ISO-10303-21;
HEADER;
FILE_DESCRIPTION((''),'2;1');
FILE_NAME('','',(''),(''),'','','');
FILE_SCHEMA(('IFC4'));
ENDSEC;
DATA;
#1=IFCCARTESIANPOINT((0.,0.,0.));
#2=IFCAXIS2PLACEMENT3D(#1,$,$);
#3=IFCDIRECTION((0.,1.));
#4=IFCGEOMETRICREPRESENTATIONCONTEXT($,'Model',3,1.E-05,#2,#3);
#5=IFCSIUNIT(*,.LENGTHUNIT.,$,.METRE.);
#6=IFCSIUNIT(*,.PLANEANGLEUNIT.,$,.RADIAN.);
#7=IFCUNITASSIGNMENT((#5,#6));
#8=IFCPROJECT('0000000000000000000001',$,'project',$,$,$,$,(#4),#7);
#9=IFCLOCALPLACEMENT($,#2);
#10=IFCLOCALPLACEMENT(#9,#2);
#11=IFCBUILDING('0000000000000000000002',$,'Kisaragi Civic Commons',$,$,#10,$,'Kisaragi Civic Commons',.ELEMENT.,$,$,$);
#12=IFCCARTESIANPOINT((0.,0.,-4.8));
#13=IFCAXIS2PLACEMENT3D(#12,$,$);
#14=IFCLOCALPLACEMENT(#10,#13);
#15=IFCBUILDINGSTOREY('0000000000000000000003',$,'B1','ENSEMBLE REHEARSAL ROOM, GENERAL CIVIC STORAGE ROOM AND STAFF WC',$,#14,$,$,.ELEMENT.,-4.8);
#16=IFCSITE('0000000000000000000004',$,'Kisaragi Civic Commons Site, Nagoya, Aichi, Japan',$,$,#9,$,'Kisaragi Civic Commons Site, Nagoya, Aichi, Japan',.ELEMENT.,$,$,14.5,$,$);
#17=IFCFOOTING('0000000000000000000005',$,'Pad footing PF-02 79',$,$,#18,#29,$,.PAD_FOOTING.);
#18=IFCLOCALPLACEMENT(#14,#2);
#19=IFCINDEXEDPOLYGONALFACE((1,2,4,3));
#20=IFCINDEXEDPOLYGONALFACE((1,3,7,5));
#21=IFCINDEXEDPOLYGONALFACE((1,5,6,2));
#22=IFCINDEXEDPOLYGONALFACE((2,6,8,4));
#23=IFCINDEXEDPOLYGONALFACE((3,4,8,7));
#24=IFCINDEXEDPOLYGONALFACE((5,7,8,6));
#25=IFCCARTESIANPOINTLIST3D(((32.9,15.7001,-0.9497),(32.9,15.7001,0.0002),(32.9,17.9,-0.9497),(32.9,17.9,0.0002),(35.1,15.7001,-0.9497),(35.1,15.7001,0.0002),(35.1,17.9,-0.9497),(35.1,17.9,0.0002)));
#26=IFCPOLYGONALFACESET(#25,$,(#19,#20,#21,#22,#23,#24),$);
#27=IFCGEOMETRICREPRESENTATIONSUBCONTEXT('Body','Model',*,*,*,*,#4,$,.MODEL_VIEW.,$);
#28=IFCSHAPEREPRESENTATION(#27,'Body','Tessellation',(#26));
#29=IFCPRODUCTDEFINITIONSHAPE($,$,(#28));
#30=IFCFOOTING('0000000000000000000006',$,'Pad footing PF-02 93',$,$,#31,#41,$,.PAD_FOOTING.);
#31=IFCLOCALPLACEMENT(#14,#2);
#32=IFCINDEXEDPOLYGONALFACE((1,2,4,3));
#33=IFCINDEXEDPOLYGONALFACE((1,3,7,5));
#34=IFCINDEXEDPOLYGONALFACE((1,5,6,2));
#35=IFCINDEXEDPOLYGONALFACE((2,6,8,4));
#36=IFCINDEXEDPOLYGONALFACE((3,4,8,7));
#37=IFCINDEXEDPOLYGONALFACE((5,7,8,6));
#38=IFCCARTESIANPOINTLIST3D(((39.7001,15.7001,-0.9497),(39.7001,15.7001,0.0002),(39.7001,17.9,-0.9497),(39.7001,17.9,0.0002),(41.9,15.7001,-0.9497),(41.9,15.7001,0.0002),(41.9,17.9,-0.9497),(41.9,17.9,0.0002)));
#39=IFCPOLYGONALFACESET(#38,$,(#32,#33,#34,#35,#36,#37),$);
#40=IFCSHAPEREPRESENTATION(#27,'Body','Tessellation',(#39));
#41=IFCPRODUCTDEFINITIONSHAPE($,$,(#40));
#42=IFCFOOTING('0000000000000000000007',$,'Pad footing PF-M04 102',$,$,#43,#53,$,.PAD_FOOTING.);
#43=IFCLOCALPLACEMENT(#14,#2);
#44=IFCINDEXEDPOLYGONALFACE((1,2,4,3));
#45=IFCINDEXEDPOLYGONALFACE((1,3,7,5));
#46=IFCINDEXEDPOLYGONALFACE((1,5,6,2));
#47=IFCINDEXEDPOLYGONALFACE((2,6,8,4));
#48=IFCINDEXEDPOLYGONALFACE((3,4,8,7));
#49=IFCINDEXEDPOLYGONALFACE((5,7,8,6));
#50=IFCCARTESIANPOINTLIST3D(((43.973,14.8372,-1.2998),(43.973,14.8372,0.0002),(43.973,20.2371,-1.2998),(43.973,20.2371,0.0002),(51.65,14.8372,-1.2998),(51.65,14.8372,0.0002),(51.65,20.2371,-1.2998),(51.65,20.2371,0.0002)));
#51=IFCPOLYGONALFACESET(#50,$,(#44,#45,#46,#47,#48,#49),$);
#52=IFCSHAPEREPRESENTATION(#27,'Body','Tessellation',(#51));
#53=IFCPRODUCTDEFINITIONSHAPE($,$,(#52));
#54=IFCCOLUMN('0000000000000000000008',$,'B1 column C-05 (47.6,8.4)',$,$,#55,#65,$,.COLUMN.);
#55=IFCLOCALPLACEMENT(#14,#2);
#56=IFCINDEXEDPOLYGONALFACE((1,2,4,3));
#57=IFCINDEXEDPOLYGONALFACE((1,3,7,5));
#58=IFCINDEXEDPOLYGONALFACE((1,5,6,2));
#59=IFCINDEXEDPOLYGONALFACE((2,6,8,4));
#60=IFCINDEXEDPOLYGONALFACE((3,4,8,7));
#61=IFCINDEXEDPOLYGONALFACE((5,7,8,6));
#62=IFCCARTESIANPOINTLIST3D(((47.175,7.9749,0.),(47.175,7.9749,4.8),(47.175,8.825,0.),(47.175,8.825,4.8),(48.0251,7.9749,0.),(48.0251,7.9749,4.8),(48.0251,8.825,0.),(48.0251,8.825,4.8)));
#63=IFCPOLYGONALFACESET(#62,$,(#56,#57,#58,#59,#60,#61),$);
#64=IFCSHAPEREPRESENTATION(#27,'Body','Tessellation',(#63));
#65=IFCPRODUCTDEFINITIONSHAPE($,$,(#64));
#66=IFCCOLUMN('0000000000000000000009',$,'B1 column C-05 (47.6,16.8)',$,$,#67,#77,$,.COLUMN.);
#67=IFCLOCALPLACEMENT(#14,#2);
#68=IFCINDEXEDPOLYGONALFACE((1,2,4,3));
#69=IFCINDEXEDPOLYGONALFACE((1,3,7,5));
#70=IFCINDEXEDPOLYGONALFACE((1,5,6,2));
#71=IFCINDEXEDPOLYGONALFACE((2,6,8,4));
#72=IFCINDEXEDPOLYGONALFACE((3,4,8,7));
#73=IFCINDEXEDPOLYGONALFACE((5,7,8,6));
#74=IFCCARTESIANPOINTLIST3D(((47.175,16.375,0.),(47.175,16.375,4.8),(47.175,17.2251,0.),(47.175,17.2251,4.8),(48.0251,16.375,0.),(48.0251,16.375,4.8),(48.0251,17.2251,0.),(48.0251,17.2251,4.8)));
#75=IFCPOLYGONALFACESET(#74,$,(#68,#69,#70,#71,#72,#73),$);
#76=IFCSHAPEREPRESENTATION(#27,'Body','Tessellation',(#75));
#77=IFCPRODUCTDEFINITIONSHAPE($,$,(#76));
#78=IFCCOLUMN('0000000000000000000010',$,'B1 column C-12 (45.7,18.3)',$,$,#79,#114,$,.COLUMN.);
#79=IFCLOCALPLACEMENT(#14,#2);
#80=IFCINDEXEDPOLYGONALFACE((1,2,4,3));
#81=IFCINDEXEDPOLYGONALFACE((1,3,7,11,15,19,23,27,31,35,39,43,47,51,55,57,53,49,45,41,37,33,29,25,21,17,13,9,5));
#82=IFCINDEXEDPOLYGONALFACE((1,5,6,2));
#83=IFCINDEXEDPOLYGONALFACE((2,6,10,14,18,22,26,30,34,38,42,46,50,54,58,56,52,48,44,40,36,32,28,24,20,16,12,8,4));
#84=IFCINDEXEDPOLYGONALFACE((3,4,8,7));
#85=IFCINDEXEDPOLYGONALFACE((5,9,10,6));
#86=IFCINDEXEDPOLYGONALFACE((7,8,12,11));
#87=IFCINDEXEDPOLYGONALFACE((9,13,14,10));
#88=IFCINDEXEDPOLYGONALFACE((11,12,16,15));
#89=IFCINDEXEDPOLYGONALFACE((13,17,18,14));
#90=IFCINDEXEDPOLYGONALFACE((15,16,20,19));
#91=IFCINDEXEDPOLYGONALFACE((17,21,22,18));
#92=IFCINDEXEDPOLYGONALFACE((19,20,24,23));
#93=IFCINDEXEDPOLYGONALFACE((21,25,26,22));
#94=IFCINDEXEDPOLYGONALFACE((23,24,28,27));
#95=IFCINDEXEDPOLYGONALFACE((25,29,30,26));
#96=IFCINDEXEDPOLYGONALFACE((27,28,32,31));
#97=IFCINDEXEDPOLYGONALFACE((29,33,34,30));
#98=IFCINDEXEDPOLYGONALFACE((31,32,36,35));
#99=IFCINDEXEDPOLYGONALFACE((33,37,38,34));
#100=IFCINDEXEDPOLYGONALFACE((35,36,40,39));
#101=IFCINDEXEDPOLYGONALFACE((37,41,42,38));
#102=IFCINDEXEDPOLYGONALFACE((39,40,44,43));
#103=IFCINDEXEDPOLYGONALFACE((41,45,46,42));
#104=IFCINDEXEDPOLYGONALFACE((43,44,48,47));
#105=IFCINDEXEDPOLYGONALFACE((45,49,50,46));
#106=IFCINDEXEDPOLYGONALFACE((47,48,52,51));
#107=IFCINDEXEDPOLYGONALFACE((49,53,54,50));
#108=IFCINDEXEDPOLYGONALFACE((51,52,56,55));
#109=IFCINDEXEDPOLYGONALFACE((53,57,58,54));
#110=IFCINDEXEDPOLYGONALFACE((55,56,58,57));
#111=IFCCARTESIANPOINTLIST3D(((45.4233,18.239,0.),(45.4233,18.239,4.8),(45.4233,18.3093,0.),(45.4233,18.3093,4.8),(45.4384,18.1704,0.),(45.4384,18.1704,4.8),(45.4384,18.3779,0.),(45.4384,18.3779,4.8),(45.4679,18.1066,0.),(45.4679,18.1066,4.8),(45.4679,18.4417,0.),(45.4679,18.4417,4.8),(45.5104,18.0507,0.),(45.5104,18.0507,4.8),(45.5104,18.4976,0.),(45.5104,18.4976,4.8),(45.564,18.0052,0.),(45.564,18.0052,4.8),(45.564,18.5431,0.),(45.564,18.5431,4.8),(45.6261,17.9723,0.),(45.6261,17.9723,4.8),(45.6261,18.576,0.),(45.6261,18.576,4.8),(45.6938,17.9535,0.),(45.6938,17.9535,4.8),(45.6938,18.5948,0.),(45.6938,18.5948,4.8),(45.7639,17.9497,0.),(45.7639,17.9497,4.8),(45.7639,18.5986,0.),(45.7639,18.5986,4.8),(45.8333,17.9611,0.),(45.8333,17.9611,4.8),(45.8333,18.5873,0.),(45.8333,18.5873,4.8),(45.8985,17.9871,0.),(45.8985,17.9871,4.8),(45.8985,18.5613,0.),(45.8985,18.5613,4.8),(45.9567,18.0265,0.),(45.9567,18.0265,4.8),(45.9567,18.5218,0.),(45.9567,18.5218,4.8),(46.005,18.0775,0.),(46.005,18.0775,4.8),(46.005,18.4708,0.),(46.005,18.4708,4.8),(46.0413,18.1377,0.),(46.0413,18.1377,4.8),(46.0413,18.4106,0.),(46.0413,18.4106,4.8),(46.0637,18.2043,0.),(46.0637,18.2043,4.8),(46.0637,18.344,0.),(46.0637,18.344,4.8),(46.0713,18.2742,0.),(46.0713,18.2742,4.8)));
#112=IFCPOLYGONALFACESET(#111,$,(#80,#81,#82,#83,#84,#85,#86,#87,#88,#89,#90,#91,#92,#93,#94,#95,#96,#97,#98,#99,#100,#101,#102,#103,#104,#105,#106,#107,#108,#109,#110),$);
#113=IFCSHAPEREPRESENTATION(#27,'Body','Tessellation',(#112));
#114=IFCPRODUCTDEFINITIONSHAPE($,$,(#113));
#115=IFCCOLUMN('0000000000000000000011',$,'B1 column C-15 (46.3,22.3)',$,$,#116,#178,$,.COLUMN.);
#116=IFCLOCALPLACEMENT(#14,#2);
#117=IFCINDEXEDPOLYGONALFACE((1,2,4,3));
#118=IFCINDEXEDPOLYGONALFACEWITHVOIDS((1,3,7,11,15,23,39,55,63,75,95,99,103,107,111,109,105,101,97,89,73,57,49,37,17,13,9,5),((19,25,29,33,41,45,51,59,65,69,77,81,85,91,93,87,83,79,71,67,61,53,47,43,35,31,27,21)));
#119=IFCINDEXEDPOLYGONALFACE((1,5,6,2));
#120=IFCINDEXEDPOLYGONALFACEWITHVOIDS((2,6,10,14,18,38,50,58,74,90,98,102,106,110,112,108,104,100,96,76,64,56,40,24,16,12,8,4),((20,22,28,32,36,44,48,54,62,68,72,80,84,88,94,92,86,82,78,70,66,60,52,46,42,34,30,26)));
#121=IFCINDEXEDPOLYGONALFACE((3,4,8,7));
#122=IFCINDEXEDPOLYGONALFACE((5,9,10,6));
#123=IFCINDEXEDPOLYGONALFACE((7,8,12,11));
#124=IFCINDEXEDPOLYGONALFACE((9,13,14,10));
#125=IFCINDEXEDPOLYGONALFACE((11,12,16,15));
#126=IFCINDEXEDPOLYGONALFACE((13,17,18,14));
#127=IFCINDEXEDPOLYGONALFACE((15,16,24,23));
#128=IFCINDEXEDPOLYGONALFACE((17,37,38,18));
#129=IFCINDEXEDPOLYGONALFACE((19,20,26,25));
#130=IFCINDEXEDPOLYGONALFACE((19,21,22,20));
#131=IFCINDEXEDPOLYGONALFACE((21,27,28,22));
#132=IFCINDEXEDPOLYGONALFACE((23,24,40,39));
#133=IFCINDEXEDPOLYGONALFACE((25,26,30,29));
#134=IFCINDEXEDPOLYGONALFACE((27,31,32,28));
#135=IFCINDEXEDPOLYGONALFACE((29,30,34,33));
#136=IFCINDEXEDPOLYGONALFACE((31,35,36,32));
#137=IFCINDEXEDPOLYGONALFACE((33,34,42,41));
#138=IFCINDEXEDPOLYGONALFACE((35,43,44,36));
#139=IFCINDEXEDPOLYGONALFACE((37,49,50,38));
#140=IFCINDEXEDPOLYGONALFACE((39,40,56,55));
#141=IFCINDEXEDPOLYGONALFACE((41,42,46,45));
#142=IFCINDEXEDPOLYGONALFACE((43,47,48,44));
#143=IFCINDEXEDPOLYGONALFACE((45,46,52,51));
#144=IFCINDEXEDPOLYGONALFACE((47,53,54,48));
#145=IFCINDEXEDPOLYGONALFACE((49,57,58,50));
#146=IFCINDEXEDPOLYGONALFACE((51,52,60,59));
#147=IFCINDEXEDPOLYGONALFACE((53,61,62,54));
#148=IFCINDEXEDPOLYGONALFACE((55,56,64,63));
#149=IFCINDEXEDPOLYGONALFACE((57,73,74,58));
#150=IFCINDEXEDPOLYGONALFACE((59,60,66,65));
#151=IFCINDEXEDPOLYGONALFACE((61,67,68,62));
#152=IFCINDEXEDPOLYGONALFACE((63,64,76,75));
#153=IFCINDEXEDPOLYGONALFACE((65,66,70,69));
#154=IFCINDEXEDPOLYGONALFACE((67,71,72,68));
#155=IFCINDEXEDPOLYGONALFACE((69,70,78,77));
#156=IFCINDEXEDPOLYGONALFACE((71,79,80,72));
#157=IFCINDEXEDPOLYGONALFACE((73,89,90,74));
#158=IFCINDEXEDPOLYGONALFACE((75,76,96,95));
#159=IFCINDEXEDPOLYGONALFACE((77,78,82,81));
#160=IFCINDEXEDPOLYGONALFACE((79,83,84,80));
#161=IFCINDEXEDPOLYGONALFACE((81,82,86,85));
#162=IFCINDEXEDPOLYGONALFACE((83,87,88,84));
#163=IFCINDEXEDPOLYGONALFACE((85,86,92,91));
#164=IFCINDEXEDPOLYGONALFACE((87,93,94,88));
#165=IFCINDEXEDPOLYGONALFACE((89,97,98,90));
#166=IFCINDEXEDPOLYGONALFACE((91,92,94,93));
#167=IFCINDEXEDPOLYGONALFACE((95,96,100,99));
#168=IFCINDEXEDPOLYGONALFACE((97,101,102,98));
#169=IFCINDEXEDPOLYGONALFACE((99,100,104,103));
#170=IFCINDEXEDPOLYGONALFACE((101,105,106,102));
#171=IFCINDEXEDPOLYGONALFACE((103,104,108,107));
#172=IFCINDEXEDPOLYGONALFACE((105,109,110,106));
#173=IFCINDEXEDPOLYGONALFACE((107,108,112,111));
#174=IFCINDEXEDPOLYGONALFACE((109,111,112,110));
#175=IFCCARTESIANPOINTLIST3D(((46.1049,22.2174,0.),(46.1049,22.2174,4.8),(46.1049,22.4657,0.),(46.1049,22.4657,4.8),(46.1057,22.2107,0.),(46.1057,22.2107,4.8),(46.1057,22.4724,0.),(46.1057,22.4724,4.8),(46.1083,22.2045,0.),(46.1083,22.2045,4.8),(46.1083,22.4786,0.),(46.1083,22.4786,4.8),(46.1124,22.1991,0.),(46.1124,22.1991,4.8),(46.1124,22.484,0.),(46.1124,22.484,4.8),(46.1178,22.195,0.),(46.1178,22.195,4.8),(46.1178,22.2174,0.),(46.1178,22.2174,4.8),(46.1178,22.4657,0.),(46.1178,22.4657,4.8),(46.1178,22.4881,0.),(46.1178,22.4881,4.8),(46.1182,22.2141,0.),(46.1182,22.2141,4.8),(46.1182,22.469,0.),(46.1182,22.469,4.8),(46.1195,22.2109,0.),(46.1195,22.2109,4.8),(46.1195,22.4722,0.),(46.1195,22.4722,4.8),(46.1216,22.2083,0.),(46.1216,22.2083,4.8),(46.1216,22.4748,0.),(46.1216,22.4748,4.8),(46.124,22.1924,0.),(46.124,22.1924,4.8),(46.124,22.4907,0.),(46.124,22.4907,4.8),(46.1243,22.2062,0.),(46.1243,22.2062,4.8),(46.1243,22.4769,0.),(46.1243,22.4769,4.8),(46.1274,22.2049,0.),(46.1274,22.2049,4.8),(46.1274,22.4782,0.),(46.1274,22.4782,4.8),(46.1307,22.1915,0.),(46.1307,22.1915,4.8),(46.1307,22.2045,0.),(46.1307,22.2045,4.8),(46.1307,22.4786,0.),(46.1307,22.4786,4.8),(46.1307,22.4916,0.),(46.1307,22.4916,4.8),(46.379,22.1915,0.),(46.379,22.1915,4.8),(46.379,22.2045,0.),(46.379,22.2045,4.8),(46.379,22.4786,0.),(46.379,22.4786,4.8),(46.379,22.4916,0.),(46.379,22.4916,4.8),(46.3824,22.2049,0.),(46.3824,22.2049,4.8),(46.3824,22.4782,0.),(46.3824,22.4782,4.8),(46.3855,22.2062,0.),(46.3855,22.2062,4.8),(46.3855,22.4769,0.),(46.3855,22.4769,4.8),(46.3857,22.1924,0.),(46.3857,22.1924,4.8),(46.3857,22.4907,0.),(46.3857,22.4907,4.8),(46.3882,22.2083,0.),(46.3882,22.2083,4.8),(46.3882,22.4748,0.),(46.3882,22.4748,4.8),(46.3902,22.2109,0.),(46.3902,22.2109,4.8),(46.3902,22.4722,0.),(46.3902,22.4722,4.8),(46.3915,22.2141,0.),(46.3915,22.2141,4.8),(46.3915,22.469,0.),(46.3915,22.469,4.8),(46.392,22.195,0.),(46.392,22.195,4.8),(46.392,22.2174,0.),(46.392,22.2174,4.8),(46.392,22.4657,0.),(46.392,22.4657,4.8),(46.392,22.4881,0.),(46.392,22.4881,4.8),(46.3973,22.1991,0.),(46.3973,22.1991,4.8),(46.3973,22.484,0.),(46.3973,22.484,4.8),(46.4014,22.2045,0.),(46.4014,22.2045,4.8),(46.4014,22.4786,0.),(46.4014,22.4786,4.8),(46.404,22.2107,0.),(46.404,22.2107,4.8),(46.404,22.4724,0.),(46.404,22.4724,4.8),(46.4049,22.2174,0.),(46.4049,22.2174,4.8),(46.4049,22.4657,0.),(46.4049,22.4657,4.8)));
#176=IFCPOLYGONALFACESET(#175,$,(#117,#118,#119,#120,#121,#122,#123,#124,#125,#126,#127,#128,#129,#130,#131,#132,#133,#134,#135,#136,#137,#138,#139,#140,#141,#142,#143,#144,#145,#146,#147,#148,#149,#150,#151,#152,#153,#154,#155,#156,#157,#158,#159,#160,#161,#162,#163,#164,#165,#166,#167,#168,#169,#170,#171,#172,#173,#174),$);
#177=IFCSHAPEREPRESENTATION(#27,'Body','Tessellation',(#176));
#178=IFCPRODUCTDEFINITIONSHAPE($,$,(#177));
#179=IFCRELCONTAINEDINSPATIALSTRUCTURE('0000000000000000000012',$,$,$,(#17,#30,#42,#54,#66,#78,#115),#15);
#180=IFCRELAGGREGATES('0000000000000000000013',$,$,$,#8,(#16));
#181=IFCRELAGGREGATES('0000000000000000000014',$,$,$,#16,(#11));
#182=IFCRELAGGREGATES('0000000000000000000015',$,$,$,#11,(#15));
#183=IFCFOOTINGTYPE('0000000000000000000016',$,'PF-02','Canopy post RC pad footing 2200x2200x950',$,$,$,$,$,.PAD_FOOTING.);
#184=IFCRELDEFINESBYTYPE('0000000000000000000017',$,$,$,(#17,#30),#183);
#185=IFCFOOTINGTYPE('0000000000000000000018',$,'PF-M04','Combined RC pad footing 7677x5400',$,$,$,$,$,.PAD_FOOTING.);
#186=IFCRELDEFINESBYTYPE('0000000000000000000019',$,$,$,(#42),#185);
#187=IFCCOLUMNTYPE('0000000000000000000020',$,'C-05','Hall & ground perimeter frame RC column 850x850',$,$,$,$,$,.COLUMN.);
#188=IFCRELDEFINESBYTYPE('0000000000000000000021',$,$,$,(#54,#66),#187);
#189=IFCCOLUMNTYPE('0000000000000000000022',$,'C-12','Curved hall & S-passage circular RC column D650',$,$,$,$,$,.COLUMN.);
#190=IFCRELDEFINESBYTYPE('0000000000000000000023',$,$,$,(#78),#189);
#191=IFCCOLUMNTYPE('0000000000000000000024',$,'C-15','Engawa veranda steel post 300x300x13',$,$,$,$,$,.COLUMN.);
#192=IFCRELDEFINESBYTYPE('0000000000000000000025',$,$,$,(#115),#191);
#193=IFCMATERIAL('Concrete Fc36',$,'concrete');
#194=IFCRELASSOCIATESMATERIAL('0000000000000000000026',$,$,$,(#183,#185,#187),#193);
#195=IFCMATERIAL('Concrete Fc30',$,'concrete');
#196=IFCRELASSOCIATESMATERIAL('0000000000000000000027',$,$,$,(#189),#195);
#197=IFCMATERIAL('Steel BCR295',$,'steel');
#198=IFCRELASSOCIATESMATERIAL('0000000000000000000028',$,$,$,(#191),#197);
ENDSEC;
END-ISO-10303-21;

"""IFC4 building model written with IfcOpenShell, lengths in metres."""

from ifc_helpers import new_model, si_unit, direction, frame, origin, origin_2d, place, context, subcontext, project, spatial, rectangle, hollow_rectangle, circle, extrude, material, material_profile, profile_set, type_object, element, save


model = new_model("IFC4")

# Units and contexts
model_context = context("Model", 3, precision=1e-05, world=origin(), true_north=direction((0.0, 1.0)))
body_context = subcontext(model_context, "Body", "Model", "MODEL_VIEW")
ifc_project = project(units=[si_unit("LENGTHUNIT", "METRE"), si_unit("PLANEANGLEUNIT", "RADIAN")], contexts=[model_context])

# Site, building, storey
site_placement = place(None, origin())
site = spatial("IfcSite", under=ifc_project, at=site_placement, Name="Kisaragi Civic Commons Site, Nagoya, Aichi, Japan", LongName="Kisaragi Civic Commons Site, Nagoya, Aichi, Japan", CompositionType="ELEMENT", RefElevation=14.5)
building_placement = place(site_placement, origin())
building = spatial("IfcBuilding", under=site, at=building_placement, Name="Kisaragi Civic Commons", LongName="Kisaragi Civic Commons", CompositionType="ELEMENT")
storey_placement = place(building_placement, frame((0.0, 0.0, -4.8)))
storey = spatial("IfcBuildingStorey", under=building, at=storey_placement, Name="B1", Description="ENSEMBLE REHEARSAL ROOM, GENERAL CIVIC STORAGE ROOM AND STAFF WC", CompositionType="ELEMENT", Elevation=-4.8)

# Footings
ifc_material_1 = material(Name="Concrete Fc36", Category="concrete")
footing_type_1 = type_object("IfcFootingType", Name="PF-02", Description="Canopy post RC pad footing 2200x2200x950", PredefinedType="PAD_FOOTING", material=ifc_material_1)
for number, where, z_axis, x_axis, name in (
    (1, (34.0, 16.8, -0.9497), (0.0, 0.0, 1.0), (1.0, 0.0, 0.0), "Pad footing PF-02 79"),
    (2, (40.8, 16.8, -0.9497), (0.0, 0.0, 1.0), (1.0, 0.0, 0.0), "Pad footing PF-02 93"),
):
    element("IfcFooting", number, at=place(storey_placement, frame(where, z_axis=z_axis, x_axis=x_axis)), inside=storey, type_object=footing_type_1, Name=name, PredefinedType="PAD_FOOTING", context=body_context, shape_type="SweptSolid", body=[
        extrude(rectangle(XDim=2.2, YDim=2.2, at=origin_2d()), origin(), (0.0, 0.0, 1.0), 0.95),
    ])
footing_type_2 = type_object("IfcFootingType", Name="PF-M04", Description="Combined RC pad footing 7677x5400", PredefinedType="PAD_FOOTING", material=ifc_material_1)
footing_1_placement = place(storey_placement, frame((47.8115, 17.5371, -1.2998), z_axis=(0.0, 0.0, 1.0), x_axis=(1.0, 0.0, 0.0)))
element("IfcFooting", 3, at=footing_1_placement, inside=storey, type_object=footing_type_2, Name="Pad footing PF-M04 102", PredefinedType="PAD_FOOTING", context=body_context, shape_type="SweptSolid", body=[
    extrude(rectangle(XDim=7.677, YDim=5.3999, at=origin_2d()), origin(), (0.0, 0.0, 1.0), 1.3),
])

# Columns
ifc_material_profile_1 = material_profile(ifc_material_1, rectangle(XDim=0.8501, YDim=0.8501, at=origin_2d()), Name="RC-850x850", Category="concrete")
ifc_profile_set_1 = profile_set([ifc_material_profile_1], Name="Concrete Fc36")
column_type_1 = type_object("IfcColumnType", Name="C-05", Description="Hall & ground perimeter frame RC column 850x850", PredefinedType="COLUMN", material=ifc_profile_set_1)
for number, where, z_axis, x_axis, name in (
    (4, (47.6001, 8.3999, 0.0), (0.0, 0.0, 1.0), (1.0, 0.0, 0.0), "B1 column C-05 (47.6,8.4)"),
    (5, (47.6001, 16.8, 0.0), (0.0, 0.0, 1.0), (1.0, 0.0, 0.0), "B1 column C-05 (47.6,16.8)"),
):
    element("IfcColumn", number, at=place(storey_placement, frame(where, z_axis=z_axis, x_axis=x_axis)), inside=storey, type_object=column_type_1, Name=name, PredefinedType="COLUMN", context=body_context, shape_type="SweptSolid", body=[
        extrude(rectangle(XDim=0.8501, YDim=0.8501, at=origin_2d()), origin(), (0.0, 0.0, 1.0), 4.8),
    ])
ifc_material_2 = material(Name="Concrete Fc30", Category="concrete")
ifc_material_profile_2 = material_profile(ifc_material_2, circle(Radius=0.325, at=origin_2d()), Name="RC-D650", Category="concrete")
ifc_profile_set_2 = profile_set([ifc_material_profile_2], Name="Concrete Fc30")
column_type_2 = type_object("IfcColumnType", Name="C-12", Description="Curved hall & S-passage circular RC column D650", PredefinedType="COLUMN", material=ifc_profile_set_2)
column_placement = place(storey_placement, frame((45.7463, 18.2742, 0.0), z_axis=(0.0, 0.0, 1.0), x_axis=(1.0, 0.0, 0.0)))
element("IfcColumn", 6, at=column_placement, inside=storey, type_object=column_type_2, Name="B1 column C-12 (45.7,18.3)", PredefinedType="COLUMN", context=body_context, shape_type="SweptSolid", body=[
    extrude(circle(Radius=0.325, at=origin_2d()), origin(), (0.0, 0.0, 1.0), 4.8),
])
ifc_material_3 = material(Name="Steel BCR295", Category="steel")
ifc_material_profile_3 = material_profile(ifc_material_3, hollow_rectangle(XDim=0.3, YDim=0.3, WallThickness=0.0129, InnerFilletRadius=0.0129, OuterFilletRadius=0.0259, at=origin_2d()), Name="BCR-300x300x13", Category="steel")
ifc_profile_set_3 = profile_set([ifc_material_profile_3], Name="Steel BCR295")
column_type_3 = type_object("IfcColumnType", Name="C-15", Description="Engawa veranda steel post 300x300x13", PredefinedType="COLUMN", material=ifc_profile_set_3)
for number, where, z_axis, x_axis, name in (
    (7, (46.2549, 22.3416, 0.0), (0.0, 0.0, 1.0), (1.0, 0.0, 0.0), "B1 column C-15 (46.3,22.3)"),
):
    element("IfcColumn", number, at=place(storey_placement, frame(where, z_axis=z_axis, x_axis=x_axis)), inside=storey, type_object=column_type_3, Name=name, PredefinedType="COLUMN", context=body_context, shape_type="SweptSolid", body=[
        extrude(hollow_rectangle(XDim=0.3, YDim=0.3, WallThickness=0.0129, InnerFilletRadius=0.0129, OuterFilletRadius=0.0259, at=origin_2d()), origin(), (0.0, 0.0, 1.0), 4.8),
    ])

save(model, "model.ifc")
